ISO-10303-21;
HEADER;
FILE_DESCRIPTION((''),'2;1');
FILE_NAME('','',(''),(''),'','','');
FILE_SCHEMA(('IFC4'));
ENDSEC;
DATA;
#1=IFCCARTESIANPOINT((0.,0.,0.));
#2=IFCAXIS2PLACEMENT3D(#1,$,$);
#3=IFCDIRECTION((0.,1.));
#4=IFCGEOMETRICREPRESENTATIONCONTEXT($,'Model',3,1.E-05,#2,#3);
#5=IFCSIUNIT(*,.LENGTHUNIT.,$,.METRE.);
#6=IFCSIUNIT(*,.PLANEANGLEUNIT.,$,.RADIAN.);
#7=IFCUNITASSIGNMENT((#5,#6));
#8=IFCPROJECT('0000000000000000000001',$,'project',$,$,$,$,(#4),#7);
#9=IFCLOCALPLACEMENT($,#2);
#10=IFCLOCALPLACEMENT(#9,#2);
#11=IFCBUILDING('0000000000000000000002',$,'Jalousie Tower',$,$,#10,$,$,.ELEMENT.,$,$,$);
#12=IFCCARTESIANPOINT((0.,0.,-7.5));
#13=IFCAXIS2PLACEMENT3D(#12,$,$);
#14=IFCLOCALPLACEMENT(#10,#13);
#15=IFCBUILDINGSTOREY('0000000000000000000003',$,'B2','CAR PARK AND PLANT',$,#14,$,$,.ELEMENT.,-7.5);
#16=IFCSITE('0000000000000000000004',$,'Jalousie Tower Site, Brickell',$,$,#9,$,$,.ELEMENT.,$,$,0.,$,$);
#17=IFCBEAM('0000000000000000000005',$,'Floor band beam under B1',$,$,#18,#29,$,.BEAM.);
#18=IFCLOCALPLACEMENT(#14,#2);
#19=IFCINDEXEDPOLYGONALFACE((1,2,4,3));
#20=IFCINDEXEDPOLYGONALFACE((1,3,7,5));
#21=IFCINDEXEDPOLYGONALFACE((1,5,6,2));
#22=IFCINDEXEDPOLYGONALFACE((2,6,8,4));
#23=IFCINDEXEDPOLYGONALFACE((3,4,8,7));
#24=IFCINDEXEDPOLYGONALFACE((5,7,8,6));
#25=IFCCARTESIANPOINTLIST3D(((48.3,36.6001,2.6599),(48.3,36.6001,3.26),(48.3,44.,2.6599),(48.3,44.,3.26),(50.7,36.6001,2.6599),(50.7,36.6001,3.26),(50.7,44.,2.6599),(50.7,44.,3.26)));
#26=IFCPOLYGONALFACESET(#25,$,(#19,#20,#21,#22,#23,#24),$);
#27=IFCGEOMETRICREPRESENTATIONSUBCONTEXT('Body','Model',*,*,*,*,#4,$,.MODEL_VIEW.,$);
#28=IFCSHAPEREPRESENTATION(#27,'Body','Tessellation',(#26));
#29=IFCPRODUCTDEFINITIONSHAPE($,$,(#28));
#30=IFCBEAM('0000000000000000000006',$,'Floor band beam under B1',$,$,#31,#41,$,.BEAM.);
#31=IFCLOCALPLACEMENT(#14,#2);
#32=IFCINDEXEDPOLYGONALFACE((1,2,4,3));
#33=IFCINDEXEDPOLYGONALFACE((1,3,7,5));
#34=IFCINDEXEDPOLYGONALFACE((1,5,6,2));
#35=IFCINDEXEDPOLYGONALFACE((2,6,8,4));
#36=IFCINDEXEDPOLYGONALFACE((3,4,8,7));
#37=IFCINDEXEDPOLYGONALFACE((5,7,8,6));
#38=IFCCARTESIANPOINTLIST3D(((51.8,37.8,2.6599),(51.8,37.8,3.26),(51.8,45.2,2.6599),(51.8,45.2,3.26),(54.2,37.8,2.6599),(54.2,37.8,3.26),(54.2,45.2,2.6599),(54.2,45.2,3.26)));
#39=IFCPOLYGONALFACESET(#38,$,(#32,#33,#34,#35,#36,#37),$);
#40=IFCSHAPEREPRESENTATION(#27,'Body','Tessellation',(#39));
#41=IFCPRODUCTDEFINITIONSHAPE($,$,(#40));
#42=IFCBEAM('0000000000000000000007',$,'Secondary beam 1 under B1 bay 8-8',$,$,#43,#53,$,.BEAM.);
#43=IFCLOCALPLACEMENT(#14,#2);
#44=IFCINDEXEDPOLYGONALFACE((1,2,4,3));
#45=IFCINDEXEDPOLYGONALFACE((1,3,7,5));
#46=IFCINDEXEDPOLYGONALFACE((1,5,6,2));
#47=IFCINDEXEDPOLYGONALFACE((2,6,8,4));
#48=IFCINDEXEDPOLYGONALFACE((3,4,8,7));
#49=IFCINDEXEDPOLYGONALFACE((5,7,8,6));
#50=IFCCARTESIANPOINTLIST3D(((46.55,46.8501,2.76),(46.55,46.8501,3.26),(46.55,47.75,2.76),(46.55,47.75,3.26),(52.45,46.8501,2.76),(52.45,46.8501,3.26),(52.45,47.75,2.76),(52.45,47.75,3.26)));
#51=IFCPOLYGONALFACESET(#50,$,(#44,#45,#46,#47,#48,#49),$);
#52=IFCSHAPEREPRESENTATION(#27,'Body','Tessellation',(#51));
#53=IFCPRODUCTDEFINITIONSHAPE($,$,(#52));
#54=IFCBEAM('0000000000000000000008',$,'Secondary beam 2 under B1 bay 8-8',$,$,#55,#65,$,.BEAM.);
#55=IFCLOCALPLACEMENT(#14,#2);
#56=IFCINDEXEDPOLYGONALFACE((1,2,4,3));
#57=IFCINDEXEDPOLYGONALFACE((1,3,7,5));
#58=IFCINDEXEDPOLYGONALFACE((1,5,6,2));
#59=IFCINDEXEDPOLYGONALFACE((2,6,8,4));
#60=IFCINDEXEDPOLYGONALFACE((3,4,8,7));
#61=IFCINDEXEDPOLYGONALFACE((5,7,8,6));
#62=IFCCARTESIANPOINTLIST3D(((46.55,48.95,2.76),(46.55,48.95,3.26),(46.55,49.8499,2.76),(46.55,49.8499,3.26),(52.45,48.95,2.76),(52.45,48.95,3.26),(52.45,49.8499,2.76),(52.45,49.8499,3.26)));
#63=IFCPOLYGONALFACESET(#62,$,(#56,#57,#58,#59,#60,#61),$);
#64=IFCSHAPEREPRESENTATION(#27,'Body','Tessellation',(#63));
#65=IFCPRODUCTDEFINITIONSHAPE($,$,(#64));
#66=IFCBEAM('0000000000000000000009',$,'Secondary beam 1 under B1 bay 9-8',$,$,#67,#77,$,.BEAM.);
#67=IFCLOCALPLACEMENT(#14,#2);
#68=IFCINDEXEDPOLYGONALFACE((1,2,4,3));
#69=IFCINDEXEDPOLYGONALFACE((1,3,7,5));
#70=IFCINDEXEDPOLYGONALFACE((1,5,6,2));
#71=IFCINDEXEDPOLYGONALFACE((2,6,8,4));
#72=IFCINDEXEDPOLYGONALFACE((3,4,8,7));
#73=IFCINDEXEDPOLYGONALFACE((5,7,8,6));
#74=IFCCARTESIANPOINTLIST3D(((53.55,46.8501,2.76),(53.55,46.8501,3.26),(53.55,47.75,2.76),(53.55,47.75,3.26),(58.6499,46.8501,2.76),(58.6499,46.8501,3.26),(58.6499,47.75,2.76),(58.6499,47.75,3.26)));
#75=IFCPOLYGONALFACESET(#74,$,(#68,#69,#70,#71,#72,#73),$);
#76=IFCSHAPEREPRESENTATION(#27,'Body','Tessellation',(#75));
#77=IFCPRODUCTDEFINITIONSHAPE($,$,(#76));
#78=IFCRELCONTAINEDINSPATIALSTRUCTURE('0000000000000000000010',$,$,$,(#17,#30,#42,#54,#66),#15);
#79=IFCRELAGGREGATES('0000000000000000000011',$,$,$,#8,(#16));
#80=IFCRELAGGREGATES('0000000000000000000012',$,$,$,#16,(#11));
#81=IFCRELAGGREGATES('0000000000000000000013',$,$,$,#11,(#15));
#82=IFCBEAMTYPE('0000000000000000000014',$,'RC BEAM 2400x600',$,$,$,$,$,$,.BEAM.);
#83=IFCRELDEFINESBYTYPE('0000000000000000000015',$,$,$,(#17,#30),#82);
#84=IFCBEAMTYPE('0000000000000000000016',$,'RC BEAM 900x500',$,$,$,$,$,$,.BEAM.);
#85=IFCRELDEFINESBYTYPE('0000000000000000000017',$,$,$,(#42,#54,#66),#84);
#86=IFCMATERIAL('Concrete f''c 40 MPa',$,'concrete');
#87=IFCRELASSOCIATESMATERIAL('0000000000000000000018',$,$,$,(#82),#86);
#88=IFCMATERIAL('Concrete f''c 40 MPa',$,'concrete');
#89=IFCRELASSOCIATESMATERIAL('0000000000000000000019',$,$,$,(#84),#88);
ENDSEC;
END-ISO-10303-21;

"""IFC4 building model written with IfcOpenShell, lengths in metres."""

from ifc_helpers import new_model, si_unit, direction, frame, origin, origin_2d, place, context, subcontext, project, spatial, rectangle, extrude, material, material_profile, profile_set, type_object, element, save


model = new_model("IFC4")

# Units and contexts
model_context = context("Model", 3, precision=1e-05, world=origin(), true_north=direction((0.0, 1.0)))
body_context = subcontext(model_context, "Body", "Model", "MODEL_VIEW")
ifc_project = project(units=[si_unit("LENGTHUNIT", "METRE"), si_unit("PLANEANGLEUNIT", "RADIAN")], contexts=[model_context])

# Site, building, storey
site_placement = place(None, origin())
site = spatial("IfcSite", under=ifc_project, at=site_placement, Name="Jalousie Tower Site, Brickell", CompositionType="ELEMENT", RefElevation=0.0)
building_placement = place(site_placement, origin())
building = spatial("IfcBuilding", under=site, at=building_placement, Name="Jalousie Tower", CompositionType="ELEMENT")
storey_placement = place(building_placement, frame((0.0, 0.0, -7.5)))
storey = spatial("IfcBuildingStorey", under=building, at=storey_placement, Name="B2", Description="CAR PARK AND PLANT", CompositionType="ELEMENT", Elevation=-7.5)

# Beams
ifc_material_1 = material(Name="Concrete f'c 40 MPa", Category="concrete")
ifc_material_profile_1 = material_profile(ifc_material_1, rectangle(XDim=2.3999, YDim=0.6001, at=origin_2d()), Name="RC 2400x600")
ifc_profile_set_1 = profile_set([ifc_material_profile_1], Name="Concrete f'c 40 MPa")
beam_type_1 = type_object("IfcBeamType", Name="RC BEAM 2400x600", PredefinedType="BEAM", material=ifc_profile_set_1)
for number, where, z_axis, x_axis, name in (
    (1, (49.5, 36.6001, 2.96), (0.0, 1.0, 0.0), (-1.0, 0.0, 0.0), "Floor band beam under B1"),
    (2, (53.0, 45.2, 2.96), (0.0, -1.0, 0.0), (1.0, 0.0, 0.0), "Floor band beam under B1"),
):
    element("IfcBeam", number, at=place(storey_placement, frame(where, z_axis=z_axis, x_axis=x_axis)), inside=storey, type_object=beam_type_1, Name=name, PredefinedType="BEAM", context=body_context, shape_type="SweptSolid", body=[
        extrude(rectangle(XDim=2.3999, YDim=0.6001, at=origin_2d()), origin(), (0.0, 0.0, 1.0), 7.3999),
    ])
ifc_material_2 = material(Name="Concrete f'c 40 MPa", Category="concrete")
ifc_material_profile_2 = material_profile(ifc_material_2, rectangle(XDim=0.8999, YDim=0.5, at=origin_2d()), Name="RC 900x500")
ifc_profile_set_2 = profile_set([ifc_material_profile_2], Name="Concrete f'c 40 MPa")
beam_type_2 = type_object("IfcBeamType", Name="RC BEAM 900x500", PredefinedType="BEAM", material=ifc_profile_set_2)
for number, where, z_axis, x_axis, name in (
    (3, (46.55, 47.3, 3.01), (1.0, 0.0, 0.0), (0.0, 1.0, 0.0), "Secondary beam 1 under B1 bay 8-8"),
    (4, (46.55, 49.3999, 3.01), (1.0, 0.0, 0.0), (0.0, 1.0, 0.0), "Secondary beam 2 under B1 bay 8-8"),
):
    element("IfcBeam", number, at=place(storey_placement, frame(where, z_axis=z_axis, x_axis=x_axis)), inside=storey, type_object=beam_type_2, Name=name, PredefinedType="BEAM", context=body_context, shape_type="SweptSolid", body=[
        extrude(rectangle(XDim=0.8999, YDim=0.5, at=origin_2d()), origin(), (0.0, 0.0, 1.0), 5.8999),
    ])
beam_1_placement = place(storey_placement, frame((53.55, 47.3, 3.01), z_axis=(1.0, 0.0, 0.0), x_axis=(0.0, 1.0, 0.0)))
element("IfcBeam", 5, at=beam_1_placement, inside=storey, type_object=beam_type_2, Name="Secondary beam 1 under B1 bay 9-8", PredefinedType="BEAM", context=body_context, shape_type="SweptSolid", body=[
    extrude(rectangle(XDim=0.8999, YDim=0.5, at=origin_2d()), origin(), (0.0, 0.0, 1.0), 5.0999),
])

save(model, "model.ifc")
